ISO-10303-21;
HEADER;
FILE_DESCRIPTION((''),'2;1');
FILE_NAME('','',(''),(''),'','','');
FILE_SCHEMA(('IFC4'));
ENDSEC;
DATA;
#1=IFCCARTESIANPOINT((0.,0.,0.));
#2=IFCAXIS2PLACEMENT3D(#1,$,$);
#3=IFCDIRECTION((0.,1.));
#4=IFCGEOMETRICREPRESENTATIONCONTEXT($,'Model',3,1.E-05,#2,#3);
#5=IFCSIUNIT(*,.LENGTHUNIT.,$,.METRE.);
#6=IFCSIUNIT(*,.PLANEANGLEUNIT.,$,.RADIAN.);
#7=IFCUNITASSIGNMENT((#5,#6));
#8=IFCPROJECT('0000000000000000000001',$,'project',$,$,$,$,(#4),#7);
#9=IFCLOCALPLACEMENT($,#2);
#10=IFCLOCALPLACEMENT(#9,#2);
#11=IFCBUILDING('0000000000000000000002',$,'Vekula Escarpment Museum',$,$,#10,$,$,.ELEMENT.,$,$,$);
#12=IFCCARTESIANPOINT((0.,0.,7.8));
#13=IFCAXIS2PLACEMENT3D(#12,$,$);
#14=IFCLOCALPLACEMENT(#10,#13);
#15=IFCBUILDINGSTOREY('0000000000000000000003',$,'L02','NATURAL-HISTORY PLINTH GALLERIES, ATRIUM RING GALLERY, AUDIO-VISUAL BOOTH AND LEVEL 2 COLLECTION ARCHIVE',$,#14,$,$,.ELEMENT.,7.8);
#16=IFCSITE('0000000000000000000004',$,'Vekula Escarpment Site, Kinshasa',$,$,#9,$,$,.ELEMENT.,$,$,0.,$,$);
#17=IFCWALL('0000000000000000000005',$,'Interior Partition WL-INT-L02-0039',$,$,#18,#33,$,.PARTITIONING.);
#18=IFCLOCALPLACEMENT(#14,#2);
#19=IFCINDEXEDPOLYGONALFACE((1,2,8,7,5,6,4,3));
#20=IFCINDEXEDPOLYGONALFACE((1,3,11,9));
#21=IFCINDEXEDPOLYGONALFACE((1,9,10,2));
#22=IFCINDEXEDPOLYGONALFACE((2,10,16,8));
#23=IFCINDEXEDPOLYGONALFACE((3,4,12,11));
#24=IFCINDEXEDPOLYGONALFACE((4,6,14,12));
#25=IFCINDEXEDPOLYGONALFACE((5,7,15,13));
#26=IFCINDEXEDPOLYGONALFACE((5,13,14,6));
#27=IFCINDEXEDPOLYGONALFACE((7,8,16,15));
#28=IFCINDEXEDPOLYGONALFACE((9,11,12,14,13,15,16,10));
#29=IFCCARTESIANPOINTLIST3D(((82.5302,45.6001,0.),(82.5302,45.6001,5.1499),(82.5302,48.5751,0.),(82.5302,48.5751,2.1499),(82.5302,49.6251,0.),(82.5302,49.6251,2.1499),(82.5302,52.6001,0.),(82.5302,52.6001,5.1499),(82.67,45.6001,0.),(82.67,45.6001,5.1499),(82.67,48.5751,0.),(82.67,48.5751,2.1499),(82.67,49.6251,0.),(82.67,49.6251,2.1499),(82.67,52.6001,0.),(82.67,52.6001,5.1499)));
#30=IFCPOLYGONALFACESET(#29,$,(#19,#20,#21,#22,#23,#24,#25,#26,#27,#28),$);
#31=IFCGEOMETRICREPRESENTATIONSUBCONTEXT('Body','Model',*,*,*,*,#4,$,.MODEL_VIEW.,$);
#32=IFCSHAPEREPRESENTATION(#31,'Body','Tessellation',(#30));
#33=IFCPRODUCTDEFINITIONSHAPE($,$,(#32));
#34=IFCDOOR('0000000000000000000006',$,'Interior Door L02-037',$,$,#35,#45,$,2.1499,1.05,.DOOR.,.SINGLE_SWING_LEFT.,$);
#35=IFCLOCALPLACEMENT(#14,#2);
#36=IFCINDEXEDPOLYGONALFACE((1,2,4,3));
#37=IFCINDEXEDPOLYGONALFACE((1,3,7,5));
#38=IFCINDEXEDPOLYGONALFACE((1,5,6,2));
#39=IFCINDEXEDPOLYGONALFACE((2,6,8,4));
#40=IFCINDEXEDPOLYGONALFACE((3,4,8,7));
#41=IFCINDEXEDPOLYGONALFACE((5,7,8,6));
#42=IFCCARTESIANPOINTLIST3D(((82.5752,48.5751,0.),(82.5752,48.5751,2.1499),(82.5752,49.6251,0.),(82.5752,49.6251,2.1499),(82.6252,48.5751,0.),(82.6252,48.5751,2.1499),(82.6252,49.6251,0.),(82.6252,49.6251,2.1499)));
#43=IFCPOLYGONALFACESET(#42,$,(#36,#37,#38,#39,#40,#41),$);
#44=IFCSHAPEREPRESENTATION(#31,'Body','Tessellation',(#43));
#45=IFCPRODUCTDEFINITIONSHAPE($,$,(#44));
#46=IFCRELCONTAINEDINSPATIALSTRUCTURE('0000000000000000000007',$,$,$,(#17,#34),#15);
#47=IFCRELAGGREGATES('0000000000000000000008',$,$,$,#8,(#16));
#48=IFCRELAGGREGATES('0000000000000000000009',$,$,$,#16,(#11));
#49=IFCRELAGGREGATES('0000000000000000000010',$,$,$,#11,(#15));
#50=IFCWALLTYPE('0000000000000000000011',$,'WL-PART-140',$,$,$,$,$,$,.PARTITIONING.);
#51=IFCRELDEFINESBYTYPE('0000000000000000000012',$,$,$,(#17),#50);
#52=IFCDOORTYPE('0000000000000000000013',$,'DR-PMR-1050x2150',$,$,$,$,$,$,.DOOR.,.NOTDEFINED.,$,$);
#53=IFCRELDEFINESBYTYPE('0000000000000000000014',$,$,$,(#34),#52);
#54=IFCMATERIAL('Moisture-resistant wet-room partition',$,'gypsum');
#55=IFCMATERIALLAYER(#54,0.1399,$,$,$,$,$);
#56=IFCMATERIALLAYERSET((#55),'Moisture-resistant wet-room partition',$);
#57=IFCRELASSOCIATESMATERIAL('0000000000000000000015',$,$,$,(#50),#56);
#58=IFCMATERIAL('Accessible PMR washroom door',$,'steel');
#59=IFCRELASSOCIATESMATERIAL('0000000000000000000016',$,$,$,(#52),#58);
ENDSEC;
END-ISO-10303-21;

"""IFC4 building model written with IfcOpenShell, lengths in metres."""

from ifc_helpers import new_model, si_unit, direction, frame, frame_2d, origin, place, context, subcontext, project, spatial, rectangle, extrude, material, layer, layer_set, type_object, element, fill, save


model = new_model("IFC4")

# Units and contexts
model_context = context("Model", 3, precision=1e-05, world=origin(), true_north=direction((0.0, 1.0)))
body_context = subcontext(model_context, "Body", "Model", "MODEL_VIEW")
ifc_project = project(units=[si_unit("LENGTHUNIT", "METRE"), si_unit("PLANEANGLEUNIT", "RADIAN")], contexts=[model_context])

# Site, building, storey
site_placement = place(None, origin())
site = spatial("IfcSite", under=ifc_project, at=site_placement, Name="Vekula Escarpment Site, Kinshasa", CompositionType="ELEMENT", RefElevation=0.0)
building_placement = place(site_placement, origin())
building = spatial("IfcBuilding", under=site, at=building_placement, Name="Vekula Escarpment Museum", CompositionType="ELEMENT")
storey_placement = place(building_placement, frame((0.0, 0.0, 7.8)))
storey = spatial("IfcBuildingStorey", under=building, at=storey_placement, Name="L02", Description="NATURAL-HISTORY PLINTH GALLERIES, ATRIUM RING GALLERY, AUDIO-VISUAL BOOTH AND LEVEL 2 COLLECTION ARCHIVE", CompositionType="ELEMENT", Elevation=7.8)

# Wall, opening, door
ifc_material_1 = material(Name="Moisture-resistant wet-room partition", Category="gypsum")
ifc_layer_1 = layer(ifc_material_1, 0.1399)
ifc_layer_set_1 = layer_set([ifc_layer_1], Name="Moisture-resistant wet-room partition")
wall_type_1 = type_object("IfcWallType", Name="WL-PART-140", PredefinedType="PARTITIONING", material=ifc_layer_set_1)
wall_placement = place(storey_placement, frame((82.6001, 45.6001, 0.0), z_axis=(0.0, 0.0, 1.0), x_axis=(0.0, 1.0, 0.0)))
wall = element("IfcWall", 1, at=wall_placement, inside=storey, type_object=wall_type_1, Name="Interior Partition WL-INT-L02-0039", PredefinedType="PARTITIONING", context=body_context, shape_type="SweptSolid", body=[
    extrude(rectangle(XDim=7.0, YDim=0.1399, at=frame_2d((3.5, 0.0))), origin(), (0.0, 0.0, 1.0), 5.1499),
])
opening_placement = place(wall_placement, frame((2.9751, 0.0, 0.0)))
opening = element("IfcOpeningElement", 2, at=opening_placement, cuts=wall, PredefinedType="OPENING", context=body_context, shape_type="SweptSolid", body=[
    extrude(rectangle(XDim=1.05, YDim=2.1499, at=frame_2d((0.5249, 1.075))), frame((0.0, 0.0798, 0.0), z_axis=(0.0, -1.0, 0.0), x_axis=(1.0, 0.0, 0.0)), (0.0, 0.0, 1.0), 0.1599),
])
ifc_material_2 = material(Name="Accessible PMR washroom door", Category="steel")
door_type = type_object("IfcDoorType", Name="DR-PMR-1050x2150", OperationType="NOTDEFINED", PredefinedType="DOOR", material=ifc_material_2)
door_placement = place(opening_placement, origin())
door = element("IfcDoor", 3, at=door_placement, inside=storey, type_object=door_type, Name="Interior Door L02-037", OperationType="SINGLE_SWING_LEFT", OverallHeight=2.1499, OverallWidth=1.05, PredefinedType="DOOR", context=body_context, shape_type="SweptSolid", body=[
    extrude(rectangle(XDim=1.05, YDim=2.1499, at=frame_2d((0.5249, 1.075))), frame((0.0, 0.0249, 0.0), z_axis=(0.0, -1.0, 0.0), x_axis=(1.0, 0.0, 0.0)), (0.0, 0.0, 1.0), 0.05),
])
fill(opening, door)

save(model, "model.ifc")
